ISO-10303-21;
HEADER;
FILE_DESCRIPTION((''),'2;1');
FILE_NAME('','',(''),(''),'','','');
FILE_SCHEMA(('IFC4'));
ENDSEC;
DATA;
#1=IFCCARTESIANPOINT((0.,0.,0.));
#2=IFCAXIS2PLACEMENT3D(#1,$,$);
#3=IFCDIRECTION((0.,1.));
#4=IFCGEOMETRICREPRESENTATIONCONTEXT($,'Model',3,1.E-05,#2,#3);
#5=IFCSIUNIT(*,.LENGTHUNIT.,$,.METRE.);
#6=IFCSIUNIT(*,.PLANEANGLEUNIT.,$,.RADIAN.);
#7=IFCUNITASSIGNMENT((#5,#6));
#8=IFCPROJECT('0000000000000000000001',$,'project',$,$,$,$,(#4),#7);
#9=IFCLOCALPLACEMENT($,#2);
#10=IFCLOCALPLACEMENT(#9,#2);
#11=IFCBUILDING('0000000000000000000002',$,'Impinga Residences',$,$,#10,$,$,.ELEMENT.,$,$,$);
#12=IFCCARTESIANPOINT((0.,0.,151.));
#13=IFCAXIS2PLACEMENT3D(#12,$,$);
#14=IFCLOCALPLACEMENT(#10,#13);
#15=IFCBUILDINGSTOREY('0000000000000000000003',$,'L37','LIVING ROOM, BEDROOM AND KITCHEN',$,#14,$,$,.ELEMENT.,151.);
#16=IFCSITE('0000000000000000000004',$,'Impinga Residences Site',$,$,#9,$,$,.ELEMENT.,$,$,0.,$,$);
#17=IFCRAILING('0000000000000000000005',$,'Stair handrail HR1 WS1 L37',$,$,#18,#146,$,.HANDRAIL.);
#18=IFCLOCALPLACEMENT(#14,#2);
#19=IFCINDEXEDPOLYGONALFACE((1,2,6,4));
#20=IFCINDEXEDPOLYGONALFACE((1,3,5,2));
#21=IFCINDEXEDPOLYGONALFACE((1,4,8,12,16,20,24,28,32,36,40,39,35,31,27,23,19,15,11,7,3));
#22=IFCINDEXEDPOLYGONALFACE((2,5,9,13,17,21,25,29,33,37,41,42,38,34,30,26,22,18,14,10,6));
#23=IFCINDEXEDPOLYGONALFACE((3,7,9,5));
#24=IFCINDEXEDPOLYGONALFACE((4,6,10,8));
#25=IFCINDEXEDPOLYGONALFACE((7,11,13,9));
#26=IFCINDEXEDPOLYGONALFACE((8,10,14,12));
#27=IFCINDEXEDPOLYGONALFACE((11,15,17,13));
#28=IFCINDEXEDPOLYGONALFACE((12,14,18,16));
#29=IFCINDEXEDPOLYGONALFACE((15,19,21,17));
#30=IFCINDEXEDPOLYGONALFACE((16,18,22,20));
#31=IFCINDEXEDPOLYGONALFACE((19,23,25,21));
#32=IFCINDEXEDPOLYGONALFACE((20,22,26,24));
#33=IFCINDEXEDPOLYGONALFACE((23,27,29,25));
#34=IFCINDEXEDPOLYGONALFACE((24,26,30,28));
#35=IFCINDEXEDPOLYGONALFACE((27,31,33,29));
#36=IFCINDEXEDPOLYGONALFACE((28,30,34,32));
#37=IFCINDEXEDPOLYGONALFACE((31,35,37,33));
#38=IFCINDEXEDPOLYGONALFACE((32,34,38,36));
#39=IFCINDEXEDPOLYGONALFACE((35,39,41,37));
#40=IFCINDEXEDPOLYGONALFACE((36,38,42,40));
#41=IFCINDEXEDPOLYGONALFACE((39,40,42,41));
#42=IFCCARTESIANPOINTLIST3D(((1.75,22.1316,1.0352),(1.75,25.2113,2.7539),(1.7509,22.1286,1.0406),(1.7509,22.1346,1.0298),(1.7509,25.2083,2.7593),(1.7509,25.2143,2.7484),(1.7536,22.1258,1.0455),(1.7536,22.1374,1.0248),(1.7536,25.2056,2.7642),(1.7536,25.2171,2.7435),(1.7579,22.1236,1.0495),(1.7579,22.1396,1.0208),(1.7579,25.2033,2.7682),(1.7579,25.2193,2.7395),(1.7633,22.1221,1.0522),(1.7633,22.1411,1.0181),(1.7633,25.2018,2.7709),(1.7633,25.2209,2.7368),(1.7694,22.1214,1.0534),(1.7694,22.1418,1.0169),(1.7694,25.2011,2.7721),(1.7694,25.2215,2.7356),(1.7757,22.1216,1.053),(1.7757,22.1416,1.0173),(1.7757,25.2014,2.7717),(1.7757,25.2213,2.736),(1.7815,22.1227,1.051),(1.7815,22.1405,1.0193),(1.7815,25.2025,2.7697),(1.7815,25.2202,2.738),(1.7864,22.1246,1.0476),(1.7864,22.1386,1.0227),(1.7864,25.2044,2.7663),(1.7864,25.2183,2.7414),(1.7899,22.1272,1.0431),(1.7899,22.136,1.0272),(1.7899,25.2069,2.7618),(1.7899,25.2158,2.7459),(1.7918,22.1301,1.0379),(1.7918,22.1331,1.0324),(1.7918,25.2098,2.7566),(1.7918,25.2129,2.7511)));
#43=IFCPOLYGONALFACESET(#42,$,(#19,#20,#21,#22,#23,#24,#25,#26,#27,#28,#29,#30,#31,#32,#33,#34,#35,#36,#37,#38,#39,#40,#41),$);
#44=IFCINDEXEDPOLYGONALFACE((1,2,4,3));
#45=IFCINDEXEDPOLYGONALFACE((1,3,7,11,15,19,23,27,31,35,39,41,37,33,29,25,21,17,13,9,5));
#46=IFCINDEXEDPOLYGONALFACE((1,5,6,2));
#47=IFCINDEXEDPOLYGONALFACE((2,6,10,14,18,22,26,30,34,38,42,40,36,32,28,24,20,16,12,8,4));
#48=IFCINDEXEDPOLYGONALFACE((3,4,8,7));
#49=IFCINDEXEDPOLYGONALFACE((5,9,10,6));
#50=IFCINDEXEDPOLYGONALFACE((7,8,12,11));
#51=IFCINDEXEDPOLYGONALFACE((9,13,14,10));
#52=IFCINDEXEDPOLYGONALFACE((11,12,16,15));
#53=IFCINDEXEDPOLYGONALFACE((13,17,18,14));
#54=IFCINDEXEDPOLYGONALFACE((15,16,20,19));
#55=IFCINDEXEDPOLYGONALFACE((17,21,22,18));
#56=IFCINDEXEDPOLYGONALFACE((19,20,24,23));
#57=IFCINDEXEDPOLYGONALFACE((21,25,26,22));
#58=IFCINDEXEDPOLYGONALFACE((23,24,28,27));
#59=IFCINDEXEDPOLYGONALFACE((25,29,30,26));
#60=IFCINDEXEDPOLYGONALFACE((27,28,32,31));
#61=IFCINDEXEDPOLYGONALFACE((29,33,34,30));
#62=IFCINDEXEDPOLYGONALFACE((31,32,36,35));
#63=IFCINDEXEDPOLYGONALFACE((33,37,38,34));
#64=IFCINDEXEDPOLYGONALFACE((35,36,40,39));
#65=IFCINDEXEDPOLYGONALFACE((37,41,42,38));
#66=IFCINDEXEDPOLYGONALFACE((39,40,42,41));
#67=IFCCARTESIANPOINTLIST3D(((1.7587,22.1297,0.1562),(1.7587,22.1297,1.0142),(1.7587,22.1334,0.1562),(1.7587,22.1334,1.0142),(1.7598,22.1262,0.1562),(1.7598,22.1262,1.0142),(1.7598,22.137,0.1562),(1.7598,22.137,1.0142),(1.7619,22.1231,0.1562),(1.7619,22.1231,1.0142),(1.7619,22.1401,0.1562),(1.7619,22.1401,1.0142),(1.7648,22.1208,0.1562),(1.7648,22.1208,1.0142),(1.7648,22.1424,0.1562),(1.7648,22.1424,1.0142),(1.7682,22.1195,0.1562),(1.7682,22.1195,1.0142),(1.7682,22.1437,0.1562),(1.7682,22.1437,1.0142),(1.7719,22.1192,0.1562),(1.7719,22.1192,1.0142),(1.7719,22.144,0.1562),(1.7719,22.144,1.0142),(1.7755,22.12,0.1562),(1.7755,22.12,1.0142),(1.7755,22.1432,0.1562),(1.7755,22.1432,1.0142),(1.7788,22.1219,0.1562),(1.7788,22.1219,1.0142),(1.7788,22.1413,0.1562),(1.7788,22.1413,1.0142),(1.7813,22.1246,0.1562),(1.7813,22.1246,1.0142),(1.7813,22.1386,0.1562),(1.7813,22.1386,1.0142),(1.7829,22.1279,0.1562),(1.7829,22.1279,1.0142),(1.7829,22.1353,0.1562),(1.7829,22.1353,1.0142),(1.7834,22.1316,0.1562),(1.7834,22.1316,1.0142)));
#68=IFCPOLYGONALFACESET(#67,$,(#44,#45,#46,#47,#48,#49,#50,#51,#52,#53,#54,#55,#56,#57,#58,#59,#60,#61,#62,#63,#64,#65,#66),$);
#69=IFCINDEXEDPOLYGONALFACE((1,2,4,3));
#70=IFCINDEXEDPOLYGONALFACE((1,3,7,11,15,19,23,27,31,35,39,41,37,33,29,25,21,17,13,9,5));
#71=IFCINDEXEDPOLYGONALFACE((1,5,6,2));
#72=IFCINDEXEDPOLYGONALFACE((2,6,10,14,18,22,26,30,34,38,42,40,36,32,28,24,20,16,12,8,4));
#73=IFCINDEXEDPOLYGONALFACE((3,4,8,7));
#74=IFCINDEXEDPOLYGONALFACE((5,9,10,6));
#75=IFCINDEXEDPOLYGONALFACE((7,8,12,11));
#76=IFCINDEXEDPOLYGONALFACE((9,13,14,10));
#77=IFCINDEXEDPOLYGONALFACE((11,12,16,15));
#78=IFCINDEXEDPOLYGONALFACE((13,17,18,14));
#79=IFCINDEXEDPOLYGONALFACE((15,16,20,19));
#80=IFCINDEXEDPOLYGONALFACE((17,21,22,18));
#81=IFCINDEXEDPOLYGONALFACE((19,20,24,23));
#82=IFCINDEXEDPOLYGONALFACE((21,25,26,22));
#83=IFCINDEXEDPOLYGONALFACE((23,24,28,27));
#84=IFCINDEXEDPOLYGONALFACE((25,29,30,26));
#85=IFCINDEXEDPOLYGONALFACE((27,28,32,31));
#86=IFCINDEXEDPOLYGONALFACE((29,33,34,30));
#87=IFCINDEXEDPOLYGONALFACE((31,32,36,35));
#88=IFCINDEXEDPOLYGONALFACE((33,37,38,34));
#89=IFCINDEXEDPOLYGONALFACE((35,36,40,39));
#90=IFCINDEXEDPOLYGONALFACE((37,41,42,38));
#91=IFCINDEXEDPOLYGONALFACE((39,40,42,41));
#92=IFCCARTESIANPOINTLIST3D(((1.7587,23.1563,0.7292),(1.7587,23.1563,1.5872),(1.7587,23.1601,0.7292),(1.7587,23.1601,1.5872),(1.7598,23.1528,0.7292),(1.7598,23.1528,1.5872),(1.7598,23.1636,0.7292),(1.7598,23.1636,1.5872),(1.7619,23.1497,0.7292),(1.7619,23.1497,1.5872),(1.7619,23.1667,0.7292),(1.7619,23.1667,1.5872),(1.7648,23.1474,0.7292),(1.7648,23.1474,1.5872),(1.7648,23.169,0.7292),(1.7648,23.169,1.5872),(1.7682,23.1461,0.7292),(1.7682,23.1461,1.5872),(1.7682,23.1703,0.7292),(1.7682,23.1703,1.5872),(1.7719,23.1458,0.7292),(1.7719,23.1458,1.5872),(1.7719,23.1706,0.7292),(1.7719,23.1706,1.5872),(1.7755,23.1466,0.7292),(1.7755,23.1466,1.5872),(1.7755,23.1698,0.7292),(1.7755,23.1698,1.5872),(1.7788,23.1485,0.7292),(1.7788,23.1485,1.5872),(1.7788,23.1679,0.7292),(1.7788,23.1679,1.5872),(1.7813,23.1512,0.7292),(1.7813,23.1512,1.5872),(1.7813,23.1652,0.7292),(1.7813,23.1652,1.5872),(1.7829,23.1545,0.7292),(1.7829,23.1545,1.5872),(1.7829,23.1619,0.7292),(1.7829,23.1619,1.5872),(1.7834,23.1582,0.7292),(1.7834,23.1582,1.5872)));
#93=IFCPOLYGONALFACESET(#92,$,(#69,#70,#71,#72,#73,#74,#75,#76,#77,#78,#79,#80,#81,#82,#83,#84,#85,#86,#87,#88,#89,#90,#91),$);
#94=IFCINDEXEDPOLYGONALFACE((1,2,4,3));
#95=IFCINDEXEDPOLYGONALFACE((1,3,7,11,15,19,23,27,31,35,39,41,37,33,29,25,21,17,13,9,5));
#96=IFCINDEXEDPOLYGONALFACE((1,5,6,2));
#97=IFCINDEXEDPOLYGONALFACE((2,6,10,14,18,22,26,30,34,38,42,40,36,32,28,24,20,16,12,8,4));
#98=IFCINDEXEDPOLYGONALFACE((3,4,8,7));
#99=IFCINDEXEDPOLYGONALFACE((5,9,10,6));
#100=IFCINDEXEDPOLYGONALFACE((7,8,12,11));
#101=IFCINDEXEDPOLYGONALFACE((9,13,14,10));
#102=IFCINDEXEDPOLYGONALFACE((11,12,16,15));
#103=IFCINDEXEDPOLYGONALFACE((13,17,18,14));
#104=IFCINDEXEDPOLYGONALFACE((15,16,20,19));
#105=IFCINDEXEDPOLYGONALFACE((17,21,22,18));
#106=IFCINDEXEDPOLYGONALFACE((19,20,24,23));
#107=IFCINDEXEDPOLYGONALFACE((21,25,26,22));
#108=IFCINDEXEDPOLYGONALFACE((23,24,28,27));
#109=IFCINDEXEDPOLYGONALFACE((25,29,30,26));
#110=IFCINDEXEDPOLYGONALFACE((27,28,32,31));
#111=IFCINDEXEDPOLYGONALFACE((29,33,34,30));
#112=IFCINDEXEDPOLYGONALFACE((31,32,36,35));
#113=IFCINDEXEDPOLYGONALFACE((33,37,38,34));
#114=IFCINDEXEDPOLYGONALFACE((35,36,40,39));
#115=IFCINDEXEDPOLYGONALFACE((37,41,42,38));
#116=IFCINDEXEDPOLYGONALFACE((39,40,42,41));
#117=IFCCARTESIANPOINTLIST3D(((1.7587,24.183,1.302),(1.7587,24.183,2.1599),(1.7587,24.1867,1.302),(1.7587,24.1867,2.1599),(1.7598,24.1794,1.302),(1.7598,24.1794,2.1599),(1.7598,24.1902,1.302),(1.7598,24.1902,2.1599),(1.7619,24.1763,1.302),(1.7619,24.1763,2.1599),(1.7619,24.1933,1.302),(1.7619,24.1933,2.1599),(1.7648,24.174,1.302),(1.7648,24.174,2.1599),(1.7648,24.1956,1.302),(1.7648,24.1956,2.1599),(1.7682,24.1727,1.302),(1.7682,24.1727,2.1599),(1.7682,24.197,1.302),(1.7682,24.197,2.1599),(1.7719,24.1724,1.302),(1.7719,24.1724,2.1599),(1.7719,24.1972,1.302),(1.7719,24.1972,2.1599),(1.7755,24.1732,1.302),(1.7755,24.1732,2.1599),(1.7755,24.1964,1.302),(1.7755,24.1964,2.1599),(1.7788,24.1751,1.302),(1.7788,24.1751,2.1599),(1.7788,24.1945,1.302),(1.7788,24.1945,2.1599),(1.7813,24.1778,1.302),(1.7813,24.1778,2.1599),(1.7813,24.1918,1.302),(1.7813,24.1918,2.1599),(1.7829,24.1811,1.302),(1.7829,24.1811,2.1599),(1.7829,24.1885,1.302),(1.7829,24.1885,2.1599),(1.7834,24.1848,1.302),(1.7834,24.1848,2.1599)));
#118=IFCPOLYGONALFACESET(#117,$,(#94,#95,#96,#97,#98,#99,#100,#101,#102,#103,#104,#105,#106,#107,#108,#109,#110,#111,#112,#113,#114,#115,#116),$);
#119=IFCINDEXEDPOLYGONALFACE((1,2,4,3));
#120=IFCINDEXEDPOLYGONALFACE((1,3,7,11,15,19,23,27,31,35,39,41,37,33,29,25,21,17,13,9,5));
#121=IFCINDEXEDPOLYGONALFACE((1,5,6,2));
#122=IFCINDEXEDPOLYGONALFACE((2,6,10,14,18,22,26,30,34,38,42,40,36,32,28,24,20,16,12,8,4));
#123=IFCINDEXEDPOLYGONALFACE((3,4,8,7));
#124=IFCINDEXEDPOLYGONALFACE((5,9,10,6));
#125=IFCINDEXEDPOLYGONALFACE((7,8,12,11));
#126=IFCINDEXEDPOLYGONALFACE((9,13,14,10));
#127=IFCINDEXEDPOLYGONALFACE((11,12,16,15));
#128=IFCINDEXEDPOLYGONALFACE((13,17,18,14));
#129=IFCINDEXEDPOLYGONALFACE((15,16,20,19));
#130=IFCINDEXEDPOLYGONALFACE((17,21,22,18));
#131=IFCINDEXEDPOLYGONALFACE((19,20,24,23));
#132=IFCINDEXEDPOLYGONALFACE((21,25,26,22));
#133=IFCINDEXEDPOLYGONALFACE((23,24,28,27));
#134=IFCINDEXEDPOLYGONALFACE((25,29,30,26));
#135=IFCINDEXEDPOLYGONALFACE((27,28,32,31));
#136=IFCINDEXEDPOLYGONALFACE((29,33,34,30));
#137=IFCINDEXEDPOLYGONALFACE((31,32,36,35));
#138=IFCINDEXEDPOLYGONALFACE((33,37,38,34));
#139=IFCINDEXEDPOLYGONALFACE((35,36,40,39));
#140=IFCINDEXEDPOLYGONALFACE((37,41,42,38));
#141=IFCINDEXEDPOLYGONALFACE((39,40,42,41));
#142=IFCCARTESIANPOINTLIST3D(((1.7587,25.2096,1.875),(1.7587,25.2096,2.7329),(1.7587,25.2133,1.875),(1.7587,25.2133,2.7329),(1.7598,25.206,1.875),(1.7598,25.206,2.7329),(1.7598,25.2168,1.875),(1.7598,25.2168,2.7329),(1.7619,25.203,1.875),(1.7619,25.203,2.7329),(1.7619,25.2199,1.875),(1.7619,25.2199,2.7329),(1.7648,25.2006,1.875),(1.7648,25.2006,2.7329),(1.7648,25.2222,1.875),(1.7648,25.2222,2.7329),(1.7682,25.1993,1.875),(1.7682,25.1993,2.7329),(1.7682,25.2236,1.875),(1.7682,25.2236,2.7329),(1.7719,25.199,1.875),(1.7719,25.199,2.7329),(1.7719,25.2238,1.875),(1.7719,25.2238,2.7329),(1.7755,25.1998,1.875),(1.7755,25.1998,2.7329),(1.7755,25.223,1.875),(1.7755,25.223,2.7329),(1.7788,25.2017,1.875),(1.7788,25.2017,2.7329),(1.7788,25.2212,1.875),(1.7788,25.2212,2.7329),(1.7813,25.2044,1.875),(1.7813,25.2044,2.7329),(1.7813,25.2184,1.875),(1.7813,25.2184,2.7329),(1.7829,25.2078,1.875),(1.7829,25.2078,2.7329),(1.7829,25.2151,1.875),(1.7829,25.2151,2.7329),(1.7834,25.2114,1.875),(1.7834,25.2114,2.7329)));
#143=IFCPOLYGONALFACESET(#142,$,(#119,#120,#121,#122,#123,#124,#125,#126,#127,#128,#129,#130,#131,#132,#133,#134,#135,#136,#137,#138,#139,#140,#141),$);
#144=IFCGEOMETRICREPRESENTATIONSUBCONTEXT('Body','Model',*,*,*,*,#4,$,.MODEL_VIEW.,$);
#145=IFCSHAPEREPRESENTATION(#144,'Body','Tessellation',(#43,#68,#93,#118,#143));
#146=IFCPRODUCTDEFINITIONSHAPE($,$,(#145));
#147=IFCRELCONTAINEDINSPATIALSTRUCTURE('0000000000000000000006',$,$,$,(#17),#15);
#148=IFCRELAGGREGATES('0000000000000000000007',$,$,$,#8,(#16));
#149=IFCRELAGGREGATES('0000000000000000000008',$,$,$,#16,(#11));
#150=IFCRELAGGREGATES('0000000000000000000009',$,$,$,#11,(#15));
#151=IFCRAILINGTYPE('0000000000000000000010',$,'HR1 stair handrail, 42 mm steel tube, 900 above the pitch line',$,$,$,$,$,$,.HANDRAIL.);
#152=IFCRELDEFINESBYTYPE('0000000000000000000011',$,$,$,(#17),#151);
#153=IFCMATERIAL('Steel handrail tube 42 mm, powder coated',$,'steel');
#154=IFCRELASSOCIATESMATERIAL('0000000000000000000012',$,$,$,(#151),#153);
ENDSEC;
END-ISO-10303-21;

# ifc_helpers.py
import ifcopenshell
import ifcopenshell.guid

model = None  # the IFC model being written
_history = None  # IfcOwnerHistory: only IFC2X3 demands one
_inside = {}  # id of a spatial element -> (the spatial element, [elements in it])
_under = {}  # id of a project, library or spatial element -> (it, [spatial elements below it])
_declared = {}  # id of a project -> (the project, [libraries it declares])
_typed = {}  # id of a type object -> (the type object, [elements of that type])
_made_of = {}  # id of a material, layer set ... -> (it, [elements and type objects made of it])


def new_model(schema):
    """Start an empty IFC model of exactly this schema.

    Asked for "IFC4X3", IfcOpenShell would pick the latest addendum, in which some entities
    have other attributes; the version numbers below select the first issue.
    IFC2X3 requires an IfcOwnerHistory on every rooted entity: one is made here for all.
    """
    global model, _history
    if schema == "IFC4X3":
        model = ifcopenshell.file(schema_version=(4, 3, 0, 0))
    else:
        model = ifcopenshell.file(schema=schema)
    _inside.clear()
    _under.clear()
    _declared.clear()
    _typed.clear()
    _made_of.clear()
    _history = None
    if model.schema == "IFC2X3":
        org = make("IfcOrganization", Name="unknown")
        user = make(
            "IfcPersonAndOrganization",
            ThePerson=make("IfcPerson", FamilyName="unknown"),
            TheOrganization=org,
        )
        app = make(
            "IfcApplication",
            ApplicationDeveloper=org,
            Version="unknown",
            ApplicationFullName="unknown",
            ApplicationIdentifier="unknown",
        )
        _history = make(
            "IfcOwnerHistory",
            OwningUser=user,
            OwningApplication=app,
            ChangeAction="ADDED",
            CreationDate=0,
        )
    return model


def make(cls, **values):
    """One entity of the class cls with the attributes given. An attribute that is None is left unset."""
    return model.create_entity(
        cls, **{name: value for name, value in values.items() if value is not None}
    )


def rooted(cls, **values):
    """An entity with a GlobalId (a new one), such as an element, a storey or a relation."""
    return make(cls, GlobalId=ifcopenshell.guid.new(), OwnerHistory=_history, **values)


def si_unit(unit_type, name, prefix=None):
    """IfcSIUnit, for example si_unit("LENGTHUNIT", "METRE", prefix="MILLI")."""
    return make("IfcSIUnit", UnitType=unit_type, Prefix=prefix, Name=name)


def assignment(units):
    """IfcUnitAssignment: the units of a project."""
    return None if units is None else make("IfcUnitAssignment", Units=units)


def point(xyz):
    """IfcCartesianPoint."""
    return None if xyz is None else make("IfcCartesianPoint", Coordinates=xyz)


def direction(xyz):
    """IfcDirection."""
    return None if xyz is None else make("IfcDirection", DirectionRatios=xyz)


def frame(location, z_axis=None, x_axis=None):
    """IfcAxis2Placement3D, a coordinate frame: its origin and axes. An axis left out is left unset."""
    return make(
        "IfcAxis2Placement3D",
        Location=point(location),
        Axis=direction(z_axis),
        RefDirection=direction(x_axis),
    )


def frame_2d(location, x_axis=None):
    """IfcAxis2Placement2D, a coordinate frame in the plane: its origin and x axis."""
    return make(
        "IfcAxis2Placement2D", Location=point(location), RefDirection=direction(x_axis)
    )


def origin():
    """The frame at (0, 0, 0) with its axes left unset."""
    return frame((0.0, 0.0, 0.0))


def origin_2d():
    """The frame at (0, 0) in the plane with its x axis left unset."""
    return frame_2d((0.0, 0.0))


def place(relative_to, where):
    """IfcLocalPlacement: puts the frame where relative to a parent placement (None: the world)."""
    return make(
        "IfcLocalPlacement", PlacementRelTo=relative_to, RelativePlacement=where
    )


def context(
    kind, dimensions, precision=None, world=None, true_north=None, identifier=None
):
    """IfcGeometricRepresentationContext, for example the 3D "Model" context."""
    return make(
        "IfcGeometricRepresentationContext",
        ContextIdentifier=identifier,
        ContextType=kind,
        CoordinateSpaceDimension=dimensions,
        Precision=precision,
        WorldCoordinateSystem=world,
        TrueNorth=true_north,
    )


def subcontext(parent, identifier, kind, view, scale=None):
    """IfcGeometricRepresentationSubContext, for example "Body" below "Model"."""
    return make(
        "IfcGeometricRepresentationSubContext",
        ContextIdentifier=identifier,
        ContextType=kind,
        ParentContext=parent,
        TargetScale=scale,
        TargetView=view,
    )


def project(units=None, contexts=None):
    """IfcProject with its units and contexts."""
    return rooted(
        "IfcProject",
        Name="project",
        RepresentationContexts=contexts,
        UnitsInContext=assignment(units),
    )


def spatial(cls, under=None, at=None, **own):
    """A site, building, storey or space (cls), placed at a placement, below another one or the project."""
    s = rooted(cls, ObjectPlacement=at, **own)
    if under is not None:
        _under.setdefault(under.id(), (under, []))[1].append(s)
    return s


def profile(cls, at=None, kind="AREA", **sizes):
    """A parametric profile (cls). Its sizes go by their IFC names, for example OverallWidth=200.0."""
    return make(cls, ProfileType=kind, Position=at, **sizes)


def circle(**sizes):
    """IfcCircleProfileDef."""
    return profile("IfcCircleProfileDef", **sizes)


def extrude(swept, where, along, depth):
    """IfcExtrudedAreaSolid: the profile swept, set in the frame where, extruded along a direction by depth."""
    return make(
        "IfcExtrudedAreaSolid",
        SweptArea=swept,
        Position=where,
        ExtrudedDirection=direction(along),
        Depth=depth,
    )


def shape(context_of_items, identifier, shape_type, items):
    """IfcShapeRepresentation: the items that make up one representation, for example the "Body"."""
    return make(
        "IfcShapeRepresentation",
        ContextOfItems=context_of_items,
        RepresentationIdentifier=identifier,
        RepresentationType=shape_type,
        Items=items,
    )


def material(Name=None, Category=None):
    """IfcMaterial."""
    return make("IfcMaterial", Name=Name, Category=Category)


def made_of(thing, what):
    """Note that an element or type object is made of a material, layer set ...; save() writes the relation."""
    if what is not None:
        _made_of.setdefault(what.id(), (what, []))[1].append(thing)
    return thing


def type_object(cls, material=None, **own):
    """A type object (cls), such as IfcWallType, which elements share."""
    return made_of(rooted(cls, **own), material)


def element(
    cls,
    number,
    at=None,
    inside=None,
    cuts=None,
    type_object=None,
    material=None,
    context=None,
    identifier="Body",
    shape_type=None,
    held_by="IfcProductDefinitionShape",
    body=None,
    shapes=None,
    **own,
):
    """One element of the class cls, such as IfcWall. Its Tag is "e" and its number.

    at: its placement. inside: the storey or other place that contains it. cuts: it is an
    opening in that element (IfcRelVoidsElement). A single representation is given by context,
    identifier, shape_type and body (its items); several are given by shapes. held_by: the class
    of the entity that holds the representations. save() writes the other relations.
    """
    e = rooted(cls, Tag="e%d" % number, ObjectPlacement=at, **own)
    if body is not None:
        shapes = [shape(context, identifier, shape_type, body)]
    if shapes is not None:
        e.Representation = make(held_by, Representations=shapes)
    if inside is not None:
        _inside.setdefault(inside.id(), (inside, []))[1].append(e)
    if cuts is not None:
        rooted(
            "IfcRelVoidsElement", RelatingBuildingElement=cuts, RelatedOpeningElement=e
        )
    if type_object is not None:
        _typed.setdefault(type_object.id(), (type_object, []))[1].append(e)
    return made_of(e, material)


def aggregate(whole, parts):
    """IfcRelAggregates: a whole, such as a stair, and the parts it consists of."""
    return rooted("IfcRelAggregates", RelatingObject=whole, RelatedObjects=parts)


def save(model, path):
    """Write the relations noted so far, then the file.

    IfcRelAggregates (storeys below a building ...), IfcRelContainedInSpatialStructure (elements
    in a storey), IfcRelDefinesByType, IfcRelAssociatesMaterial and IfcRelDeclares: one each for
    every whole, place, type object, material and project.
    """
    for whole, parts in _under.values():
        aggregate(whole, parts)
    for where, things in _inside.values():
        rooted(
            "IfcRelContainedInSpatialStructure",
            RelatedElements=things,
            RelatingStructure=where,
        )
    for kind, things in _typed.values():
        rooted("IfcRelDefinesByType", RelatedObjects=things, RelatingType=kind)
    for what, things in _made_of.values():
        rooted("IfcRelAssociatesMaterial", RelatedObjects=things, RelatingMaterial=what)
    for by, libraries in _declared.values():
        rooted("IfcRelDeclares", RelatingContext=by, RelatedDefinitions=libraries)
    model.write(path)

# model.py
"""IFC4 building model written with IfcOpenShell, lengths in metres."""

from ifc_helpers import new_model, si_unit, direction, frame, origin, origin_2d, place, context, subcontext, project, spatial, circle, extrude, material, type_object, element, save


model = new_model("IFC4")

# Units and contexts
model_context = context("Model", 3, precision=1e-05, world=origin(), true_north=direction((0.0, 1.0)))
body_context = subcontext(model_context, "Body", "Model", "MODEL_VIEW")
ifc_project = project(units=[si_unit("LENGTHUNIT", "METRE"), si_unit("PLANEANGLEUNIT", "RADIAN")], contexts=[model_context])

# Site, building, storey
site_placement = place(None, origin())
site = spatial("IfcSite", under=ifc_project, at=site_placement, Name="Impinga Residences Site", CompositionType="ELEMENT", RefElevation=0.0)
building_placement = place(site_placement, origin())
building = spatial("IfcBuilding", under=site, at=building_placement, Name="Impinga Residences", CompositionType="ELEMENT")
storey_placement = place(building_placement, frame((0.0, 0.0, 151.0)))
storey = spatial("IfcBuildingStorey", under=building, at=storey_placement, Name="L37", Description="LIVING ROOM, BEDROOM AND KITCHEN", CompositionType="ELEMENT", Elevation=151.0)

# Railing
ifc_material_1 = material(Name="Steel handrail tube 42 mm, powder coated", Category="steel")
railing_type = type_object("IfcRailingType", Name="HR1 stair handrail, 42 mm steel tube, 900 above the pitch line", PredefinedType="HANDRAIL", material=ifc_material_1)
railing_placement = place(storey_placement, frame((1.771, 22.1316, 0.1562)))
element("IfcRailing", 1, at=railing_placement, inside=storey, type_object=railing_type, Name="Stair handrail HR1 WS1 L37", PredefinedType="HANDRAIL", context=body_context, shape_type="SweptSolid", body=[
    extrude(circle(Radius=0.021, at=origin_2d()), frame((0.0, 0.0, 0.8789), z_axis=(0.0, 0.873225, 0.487317), x_axis=(-1.0, 0.0, 0.0)), (0.0, 0.0, 1.0), 3.5269),
    extrude(circle(Radius=0.0125, at=origin_2d()), origin(), (0.0, 0.0, 1.0), 0.8579),
    extrude(circle(Radius=0.0125, at=origin_2d()), frame((0.0, 1.0266, 0.573)), (0.0, 0.0, 1.0), 0.8579),
    extrude(circle(Radius=0.0125, at=origin_2d()), frame((0.0, 2.0532, 1.1458)), (0.0, 0.0, 1.0), 0.8579),
    extrude(circle(Radius=0.0125, at=origin_2d()), frame((0.0, 3.0798, 1.7188)), (0.0, 0.0, 1.0), 0.8579),
])

save(model, "model.ifc")
